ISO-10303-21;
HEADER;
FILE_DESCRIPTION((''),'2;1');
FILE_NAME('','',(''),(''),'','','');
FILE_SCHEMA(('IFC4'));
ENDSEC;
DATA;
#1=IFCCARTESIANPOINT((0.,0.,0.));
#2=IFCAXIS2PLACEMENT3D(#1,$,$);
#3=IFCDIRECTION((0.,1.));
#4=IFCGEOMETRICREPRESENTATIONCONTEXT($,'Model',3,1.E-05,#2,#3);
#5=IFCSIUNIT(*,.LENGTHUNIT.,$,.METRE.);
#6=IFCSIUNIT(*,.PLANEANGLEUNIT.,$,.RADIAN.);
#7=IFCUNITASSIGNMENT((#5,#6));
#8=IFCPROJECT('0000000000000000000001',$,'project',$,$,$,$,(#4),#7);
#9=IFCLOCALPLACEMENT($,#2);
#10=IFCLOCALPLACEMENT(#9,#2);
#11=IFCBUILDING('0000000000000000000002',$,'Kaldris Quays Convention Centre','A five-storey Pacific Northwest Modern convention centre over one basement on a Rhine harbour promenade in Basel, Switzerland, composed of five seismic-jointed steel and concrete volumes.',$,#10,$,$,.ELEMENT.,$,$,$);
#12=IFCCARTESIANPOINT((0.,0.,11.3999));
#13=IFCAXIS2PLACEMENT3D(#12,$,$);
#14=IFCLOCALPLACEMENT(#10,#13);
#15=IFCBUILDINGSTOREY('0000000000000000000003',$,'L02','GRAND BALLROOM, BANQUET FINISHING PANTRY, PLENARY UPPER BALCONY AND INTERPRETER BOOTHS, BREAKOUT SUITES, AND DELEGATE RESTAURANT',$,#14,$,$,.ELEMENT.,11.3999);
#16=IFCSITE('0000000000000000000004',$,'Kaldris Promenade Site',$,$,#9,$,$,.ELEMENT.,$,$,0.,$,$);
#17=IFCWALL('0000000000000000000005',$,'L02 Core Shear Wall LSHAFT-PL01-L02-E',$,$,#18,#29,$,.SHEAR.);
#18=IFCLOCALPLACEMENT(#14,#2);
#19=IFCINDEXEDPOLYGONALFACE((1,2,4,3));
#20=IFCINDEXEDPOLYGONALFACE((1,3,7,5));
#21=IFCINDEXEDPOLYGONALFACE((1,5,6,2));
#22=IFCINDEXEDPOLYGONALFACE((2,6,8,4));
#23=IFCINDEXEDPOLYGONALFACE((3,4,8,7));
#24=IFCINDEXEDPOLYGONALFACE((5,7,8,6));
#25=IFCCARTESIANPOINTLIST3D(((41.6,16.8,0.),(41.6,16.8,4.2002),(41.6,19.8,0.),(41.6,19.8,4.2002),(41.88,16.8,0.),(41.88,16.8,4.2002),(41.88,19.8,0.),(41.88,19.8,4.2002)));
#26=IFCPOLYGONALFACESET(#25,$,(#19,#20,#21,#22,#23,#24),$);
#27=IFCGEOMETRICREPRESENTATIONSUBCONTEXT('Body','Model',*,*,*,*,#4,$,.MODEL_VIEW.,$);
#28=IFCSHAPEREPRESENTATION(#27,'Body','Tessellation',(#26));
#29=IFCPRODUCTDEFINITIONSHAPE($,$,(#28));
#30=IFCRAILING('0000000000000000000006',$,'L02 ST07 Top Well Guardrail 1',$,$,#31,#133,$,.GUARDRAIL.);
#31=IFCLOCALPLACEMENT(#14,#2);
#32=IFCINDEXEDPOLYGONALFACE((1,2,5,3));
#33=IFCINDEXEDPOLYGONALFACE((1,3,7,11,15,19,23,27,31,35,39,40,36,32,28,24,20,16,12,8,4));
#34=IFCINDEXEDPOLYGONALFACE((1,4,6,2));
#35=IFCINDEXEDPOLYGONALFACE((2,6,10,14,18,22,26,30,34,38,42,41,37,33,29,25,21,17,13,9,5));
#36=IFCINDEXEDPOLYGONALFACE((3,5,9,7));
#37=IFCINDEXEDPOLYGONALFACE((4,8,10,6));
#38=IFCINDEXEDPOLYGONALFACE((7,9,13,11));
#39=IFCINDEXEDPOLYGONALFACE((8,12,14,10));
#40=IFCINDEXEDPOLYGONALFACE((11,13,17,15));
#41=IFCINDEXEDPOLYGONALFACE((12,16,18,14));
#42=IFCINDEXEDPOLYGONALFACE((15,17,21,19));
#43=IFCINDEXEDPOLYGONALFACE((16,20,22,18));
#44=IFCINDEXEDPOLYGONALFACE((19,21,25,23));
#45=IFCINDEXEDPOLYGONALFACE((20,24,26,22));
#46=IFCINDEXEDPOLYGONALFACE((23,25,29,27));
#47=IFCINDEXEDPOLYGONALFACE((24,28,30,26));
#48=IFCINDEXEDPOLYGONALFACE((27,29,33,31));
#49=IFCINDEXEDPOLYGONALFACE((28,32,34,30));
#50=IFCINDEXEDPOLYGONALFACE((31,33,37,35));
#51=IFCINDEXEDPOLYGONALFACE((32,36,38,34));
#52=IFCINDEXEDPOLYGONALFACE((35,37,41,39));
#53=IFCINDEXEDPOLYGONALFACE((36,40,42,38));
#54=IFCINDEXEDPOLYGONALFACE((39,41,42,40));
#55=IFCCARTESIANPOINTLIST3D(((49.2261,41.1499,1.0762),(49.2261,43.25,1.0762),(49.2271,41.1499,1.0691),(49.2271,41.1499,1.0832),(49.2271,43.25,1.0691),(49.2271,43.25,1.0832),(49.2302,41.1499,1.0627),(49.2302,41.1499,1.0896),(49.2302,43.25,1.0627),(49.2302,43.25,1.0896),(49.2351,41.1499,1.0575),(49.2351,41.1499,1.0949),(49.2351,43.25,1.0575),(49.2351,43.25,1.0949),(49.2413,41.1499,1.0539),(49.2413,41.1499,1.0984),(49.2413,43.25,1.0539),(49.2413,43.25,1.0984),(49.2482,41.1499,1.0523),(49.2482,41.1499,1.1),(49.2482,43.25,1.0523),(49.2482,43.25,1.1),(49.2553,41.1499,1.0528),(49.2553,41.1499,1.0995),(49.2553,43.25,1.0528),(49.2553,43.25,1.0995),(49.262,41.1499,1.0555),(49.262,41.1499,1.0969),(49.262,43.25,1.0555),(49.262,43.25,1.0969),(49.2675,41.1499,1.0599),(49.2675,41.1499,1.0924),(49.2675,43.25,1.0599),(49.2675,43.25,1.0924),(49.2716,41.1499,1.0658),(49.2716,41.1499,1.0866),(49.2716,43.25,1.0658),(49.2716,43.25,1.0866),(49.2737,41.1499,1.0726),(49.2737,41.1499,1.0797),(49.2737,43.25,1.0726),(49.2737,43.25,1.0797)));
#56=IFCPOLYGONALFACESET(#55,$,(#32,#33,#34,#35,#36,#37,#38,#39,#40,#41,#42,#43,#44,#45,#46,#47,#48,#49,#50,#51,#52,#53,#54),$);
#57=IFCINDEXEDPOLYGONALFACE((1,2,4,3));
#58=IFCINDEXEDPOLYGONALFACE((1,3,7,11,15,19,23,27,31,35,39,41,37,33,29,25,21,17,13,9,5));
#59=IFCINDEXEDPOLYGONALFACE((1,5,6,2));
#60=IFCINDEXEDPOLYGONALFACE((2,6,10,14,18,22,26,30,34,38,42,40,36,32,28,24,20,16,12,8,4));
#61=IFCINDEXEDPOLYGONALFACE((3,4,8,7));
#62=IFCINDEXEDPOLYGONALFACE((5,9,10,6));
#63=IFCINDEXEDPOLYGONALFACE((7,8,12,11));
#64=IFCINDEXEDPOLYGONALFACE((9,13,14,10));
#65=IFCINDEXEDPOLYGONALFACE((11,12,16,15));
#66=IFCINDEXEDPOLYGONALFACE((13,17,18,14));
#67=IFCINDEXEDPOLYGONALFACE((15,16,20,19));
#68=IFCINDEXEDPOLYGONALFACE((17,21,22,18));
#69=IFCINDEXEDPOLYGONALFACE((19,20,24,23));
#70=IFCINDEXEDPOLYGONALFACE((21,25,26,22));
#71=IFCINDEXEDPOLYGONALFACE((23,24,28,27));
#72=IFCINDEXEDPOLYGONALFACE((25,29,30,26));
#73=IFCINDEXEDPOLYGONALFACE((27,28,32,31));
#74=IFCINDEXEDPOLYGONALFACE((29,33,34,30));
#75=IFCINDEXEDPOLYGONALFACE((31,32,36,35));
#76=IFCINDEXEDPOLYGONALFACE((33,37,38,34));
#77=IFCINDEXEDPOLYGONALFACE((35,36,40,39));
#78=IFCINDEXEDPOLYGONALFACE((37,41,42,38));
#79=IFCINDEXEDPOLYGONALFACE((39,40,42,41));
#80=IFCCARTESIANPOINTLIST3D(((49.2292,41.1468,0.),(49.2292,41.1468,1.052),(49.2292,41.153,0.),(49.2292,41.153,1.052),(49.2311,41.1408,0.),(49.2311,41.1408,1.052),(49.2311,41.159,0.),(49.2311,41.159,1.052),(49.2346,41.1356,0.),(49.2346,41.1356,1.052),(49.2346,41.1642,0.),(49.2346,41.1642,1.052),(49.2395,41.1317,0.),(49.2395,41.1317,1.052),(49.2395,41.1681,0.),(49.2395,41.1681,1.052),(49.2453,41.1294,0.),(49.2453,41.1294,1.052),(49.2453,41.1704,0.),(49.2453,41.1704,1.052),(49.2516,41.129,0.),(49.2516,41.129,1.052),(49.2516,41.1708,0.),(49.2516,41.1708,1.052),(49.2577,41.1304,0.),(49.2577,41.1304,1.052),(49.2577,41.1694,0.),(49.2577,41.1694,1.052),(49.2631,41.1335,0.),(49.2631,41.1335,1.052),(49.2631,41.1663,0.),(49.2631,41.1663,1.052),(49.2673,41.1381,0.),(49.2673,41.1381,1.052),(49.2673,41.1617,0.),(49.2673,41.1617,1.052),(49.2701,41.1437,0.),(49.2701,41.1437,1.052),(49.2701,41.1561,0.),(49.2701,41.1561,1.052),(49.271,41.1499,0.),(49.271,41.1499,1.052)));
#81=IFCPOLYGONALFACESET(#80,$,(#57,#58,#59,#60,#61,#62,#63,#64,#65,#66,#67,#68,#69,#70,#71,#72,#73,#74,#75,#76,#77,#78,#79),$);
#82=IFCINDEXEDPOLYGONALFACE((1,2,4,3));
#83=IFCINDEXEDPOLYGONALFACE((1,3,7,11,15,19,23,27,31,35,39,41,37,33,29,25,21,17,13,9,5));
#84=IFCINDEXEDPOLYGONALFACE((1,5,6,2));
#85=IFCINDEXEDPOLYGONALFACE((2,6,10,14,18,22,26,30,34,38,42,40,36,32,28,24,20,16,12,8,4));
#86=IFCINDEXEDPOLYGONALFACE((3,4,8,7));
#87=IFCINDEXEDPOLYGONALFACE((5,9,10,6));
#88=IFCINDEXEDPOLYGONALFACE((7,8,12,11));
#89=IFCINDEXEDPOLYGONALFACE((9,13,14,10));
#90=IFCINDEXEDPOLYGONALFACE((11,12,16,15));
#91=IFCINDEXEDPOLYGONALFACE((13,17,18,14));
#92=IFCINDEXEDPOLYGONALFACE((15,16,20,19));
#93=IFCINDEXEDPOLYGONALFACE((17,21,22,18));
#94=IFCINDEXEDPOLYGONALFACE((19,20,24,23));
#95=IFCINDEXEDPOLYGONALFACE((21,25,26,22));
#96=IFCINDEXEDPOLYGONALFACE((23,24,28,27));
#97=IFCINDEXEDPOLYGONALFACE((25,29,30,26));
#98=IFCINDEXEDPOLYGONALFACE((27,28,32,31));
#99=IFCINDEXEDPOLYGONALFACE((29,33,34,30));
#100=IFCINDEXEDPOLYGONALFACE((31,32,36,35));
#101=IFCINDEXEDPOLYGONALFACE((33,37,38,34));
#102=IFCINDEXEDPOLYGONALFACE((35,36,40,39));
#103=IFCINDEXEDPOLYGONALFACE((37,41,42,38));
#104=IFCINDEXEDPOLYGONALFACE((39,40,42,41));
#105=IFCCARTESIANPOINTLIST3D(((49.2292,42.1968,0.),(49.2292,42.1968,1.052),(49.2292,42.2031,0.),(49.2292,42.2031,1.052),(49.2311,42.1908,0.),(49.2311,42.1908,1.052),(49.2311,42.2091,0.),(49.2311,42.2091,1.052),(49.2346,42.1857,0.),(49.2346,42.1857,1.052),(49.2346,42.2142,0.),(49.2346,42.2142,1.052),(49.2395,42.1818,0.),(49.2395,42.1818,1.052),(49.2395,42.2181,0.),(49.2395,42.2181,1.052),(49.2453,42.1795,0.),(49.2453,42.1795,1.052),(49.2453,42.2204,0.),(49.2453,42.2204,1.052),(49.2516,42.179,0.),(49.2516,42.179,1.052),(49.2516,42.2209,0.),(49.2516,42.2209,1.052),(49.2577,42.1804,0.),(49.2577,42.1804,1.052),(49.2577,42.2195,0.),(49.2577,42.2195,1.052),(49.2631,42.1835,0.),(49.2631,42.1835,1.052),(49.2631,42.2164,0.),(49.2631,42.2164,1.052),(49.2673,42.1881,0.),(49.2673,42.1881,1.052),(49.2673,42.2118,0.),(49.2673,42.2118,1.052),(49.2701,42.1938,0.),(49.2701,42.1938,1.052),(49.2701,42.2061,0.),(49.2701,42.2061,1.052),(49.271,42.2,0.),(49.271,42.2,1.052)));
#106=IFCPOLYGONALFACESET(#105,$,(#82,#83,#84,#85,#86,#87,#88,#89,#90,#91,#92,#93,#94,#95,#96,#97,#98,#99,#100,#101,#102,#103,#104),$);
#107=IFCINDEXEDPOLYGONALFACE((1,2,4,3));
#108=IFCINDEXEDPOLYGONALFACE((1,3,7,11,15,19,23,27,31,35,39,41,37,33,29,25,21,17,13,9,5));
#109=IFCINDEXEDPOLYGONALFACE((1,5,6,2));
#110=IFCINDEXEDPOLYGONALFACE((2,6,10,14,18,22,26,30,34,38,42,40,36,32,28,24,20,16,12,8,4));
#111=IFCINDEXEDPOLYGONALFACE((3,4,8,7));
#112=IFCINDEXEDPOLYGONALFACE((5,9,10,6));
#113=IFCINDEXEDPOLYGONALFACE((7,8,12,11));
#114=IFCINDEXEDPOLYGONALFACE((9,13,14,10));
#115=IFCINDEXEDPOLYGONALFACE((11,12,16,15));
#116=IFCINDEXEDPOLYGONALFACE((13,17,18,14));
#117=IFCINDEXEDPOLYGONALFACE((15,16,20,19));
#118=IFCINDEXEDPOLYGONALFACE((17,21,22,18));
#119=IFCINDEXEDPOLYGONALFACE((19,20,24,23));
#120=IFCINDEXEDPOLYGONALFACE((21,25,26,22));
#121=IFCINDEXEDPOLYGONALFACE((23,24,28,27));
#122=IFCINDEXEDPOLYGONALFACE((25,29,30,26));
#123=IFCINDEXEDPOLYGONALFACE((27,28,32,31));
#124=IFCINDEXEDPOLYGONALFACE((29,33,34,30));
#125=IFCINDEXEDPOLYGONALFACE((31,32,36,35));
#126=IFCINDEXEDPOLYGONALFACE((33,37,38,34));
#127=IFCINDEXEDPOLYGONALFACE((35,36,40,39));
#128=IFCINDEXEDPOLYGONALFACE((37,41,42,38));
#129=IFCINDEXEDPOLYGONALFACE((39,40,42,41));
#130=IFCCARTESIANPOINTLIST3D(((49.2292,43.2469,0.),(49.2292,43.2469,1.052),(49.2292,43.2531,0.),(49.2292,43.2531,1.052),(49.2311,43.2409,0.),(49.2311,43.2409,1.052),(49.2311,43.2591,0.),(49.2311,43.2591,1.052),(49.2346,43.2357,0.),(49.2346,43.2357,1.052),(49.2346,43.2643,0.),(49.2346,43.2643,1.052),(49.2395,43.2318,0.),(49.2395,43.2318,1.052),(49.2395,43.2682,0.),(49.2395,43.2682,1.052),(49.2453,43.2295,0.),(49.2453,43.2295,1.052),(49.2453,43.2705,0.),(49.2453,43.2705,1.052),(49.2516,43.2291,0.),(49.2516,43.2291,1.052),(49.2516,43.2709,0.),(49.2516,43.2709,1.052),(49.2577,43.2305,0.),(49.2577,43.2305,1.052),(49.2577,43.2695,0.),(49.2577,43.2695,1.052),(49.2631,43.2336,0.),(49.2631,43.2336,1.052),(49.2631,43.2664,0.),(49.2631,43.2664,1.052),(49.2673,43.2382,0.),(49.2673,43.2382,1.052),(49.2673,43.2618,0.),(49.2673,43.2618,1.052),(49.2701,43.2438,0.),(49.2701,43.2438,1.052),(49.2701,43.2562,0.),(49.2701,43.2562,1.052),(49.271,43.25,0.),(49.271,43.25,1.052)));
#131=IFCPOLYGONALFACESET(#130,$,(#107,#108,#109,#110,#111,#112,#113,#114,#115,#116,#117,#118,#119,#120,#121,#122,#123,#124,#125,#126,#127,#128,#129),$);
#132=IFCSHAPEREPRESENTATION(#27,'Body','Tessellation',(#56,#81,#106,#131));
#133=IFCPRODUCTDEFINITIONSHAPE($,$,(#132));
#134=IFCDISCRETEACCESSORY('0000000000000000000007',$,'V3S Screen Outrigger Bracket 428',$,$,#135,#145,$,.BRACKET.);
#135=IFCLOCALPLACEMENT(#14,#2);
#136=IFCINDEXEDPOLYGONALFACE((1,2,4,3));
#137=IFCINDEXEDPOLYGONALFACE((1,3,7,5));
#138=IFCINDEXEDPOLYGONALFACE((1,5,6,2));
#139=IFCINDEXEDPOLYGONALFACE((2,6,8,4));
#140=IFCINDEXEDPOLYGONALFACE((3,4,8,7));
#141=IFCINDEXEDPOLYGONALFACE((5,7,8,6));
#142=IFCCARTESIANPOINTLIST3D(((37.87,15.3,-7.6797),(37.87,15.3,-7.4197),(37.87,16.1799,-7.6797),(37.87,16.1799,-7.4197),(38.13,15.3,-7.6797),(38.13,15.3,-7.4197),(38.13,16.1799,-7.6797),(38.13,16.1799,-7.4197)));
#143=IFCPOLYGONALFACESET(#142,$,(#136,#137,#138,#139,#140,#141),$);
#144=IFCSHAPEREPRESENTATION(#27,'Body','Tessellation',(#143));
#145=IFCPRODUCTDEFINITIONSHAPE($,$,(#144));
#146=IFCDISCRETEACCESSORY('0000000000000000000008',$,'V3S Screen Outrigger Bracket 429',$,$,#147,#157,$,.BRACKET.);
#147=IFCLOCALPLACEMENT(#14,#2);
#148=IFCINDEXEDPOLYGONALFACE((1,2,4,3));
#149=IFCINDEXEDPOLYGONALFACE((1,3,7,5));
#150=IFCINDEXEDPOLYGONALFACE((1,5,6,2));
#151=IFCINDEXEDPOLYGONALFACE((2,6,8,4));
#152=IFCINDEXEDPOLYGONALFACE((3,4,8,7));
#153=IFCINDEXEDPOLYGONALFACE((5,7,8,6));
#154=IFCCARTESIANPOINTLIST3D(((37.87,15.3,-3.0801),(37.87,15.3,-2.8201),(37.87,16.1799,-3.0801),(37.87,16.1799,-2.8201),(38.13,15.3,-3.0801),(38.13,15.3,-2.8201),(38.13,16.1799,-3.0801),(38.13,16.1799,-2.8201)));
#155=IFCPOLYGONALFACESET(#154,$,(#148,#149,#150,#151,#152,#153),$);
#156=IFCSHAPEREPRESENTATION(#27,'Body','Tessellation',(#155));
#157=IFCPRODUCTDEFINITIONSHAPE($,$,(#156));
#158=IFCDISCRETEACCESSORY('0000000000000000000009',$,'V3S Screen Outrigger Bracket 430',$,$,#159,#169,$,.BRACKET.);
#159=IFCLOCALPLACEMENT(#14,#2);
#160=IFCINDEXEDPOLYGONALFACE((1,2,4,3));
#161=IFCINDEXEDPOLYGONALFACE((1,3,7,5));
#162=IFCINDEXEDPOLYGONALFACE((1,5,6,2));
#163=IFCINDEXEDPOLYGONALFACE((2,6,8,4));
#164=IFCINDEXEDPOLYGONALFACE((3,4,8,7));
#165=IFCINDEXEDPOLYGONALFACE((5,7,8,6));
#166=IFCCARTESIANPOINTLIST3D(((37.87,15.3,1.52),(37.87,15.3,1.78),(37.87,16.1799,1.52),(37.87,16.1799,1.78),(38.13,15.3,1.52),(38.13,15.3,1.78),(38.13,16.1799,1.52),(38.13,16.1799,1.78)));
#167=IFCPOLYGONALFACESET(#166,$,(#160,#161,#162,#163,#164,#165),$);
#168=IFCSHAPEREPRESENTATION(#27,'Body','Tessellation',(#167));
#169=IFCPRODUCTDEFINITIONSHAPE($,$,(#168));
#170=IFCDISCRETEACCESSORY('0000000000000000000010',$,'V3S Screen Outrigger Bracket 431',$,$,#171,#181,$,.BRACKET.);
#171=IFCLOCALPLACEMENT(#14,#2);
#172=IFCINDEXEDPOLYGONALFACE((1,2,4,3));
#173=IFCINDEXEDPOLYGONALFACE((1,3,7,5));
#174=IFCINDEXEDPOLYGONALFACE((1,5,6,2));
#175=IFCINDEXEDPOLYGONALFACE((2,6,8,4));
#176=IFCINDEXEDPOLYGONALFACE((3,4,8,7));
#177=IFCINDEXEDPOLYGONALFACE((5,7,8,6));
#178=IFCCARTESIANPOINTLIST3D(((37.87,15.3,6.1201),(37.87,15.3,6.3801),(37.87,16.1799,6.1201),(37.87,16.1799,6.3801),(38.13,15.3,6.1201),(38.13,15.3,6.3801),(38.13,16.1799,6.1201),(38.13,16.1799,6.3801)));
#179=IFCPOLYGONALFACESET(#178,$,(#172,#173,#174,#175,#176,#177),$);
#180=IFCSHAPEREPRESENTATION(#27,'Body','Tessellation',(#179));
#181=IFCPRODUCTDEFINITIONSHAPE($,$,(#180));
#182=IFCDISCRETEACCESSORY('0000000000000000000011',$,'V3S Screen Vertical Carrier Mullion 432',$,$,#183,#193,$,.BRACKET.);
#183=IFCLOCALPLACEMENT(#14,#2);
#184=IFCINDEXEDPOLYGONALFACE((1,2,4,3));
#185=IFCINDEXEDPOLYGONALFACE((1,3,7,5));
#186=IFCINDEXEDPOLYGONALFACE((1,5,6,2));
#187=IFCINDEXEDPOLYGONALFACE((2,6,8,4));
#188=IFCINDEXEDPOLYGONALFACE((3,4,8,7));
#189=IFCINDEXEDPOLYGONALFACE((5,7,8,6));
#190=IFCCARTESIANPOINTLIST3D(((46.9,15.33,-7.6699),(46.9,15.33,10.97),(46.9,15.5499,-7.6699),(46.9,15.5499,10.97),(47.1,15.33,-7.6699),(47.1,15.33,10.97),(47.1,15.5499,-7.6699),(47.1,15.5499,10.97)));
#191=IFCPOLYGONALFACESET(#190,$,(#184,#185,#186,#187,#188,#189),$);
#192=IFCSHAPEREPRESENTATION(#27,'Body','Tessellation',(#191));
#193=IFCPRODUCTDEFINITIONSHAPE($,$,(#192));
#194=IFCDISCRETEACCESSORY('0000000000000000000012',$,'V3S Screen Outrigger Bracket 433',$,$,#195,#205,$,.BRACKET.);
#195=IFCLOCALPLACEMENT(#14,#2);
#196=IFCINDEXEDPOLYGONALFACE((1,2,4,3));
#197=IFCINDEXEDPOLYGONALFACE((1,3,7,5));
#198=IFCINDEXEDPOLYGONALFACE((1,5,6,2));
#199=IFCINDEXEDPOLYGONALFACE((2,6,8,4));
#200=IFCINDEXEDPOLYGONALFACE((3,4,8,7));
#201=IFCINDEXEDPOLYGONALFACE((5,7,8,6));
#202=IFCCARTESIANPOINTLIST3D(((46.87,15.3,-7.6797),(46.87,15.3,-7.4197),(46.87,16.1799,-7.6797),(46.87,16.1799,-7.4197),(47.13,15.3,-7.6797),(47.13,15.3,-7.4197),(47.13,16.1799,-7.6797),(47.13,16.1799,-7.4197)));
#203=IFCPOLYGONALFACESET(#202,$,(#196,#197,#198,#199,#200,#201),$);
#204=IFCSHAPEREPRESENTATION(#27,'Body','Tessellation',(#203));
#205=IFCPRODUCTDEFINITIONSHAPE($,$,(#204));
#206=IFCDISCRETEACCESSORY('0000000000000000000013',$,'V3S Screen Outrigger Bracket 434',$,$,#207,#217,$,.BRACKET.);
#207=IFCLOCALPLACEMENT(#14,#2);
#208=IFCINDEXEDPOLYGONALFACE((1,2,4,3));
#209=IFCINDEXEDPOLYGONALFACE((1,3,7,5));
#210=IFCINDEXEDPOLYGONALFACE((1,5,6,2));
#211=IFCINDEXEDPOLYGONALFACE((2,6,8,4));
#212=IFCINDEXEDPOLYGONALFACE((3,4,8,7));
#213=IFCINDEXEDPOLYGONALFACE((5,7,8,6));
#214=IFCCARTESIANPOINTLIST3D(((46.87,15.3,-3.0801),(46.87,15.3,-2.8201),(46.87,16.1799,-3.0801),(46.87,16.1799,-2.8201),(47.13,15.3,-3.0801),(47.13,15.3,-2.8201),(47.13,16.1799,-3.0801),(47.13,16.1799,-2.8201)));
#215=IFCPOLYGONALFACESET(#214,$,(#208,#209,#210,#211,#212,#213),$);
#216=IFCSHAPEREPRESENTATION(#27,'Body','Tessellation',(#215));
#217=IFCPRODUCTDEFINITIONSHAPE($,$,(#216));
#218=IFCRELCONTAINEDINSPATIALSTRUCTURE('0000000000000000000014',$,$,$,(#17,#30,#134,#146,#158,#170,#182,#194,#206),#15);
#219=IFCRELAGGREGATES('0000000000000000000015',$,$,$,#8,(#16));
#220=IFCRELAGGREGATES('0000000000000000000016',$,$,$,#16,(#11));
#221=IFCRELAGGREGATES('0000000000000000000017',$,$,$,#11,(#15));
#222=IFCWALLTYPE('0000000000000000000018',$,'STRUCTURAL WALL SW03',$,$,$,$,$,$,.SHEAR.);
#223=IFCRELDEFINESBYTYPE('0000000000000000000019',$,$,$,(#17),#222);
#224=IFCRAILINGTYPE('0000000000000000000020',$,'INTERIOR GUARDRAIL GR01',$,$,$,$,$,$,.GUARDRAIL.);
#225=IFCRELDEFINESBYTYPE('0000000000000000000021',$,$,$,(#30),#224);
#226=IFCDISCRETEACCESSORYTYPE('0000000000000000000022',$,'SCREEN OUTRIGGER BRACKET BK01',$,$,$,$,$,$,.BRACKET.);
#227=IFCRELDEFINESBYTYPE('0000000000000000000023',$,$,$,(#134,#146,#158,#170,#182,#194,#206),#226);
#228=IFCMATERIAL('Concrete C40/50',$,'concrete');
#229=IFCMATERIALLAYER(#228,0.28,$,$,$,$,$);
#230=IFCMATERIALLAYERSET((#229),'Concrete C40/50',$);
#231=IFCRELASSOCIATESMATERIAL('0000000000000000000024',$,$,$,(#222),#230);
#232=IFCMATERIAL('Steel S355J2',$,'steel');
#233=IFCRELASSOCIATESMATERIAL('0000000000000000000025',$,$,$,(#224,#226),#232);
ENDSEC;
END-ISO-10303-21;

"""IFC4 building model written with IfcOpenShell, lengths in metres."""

from ifc_helpers import new_model, si_unit, direction, frame, frame_2d, origin, origin_2d, place, context, subcontext, project, spatial, rectangle, circle, extrude, material, layer, layer_set, type_object, element, save


model = new_model("IFC4")

# Units and contexts
model_context = context("Model", 3, precision=1e-05, world=origin(), true_north=direction((0.0, 1.0)))
body_context = subcontext(model_context, "Body", "Model", "MODEL_VIEW")
ifc_project = project(units=[si_unit("LENGTHUNIT", "METRE"), si_unit("PLANEANGLEUNIT", "RADIAN")], contexts=[model_context])

# Site, building, storey
site_placement = place(None, origin())
site = spatial("IfcSite", under=ifc_project, at=site_placement, Name="Kaldris Promenade Site", CompositionType="ELEMENT", RefElevation=0.0)
building_placement = place(site_placement, origin())
building = spatial("IfcBuilding", under=site, at=building_placement, Name="Kaldris Quays Convention Centre", Description="A five-storey Pacific Northwest Modern convention centre over one basement on a Rhine harbour promenade in Basel, Switzerland, composed of five seismic-jointed steel and concrete volumes.", CompositionType="ELEMENT")
storey_placement = place(building_placement, frame((0.0, 0.0, 11.3999)))
storey = spatial("IfcBuildingStorey", under=building, at=storey_placement, Name="L02", Description="GRAND BALLROOM, BANQUET FINISHING PANTRY, PLENARY UPPER BALCONY AND INTERPRETER BOOTHS, BREAKOUT SUITES, AND DELEGATE RESTAURANT", CompositionType="ELEMENT", Elevation=11.3999)

# Shared definitions
ifc_material_1 = material(Name="Steel S355J2", Category="steel")

# Shared definitions
ifc_material_2 = material(Name="Concrete C40/50", Category="concrete")

# Shared definitions
ifc_layer_1 = layer(ifc_material_2, 0.28)
ifc_layer_set_1 = layer_set([ifc_layer_1], Name="Concrete C40/50")
wall_type_1 = type_object("IfcWallType", Name="STRUCTURAL WALL SW03", PredefinedType="SHEAR", material=ifc_layer_set_1)

# Wall
for number, where, z_axis, x_axis, name in (
    (1, (41.74, 16.8, 0.0), (0.0, 0.0, 1.0), (0.0, 1.0, 0.0), "L02 Core Shear Wall LSHAFT-PL01-L02-E"),
):
    element("IfcWall", number, at=place(storey_placement, frame(where, z_axis=z_axis, x_axis=x_axis)), inside=storey, type_object=wall_type_1, Name=name, PredefinedType="SHEAR", context=body_context, shape_type="SweptSolid", body=[
        extrude(rectangle(XDim=3.0, YDim=0.28, at=frame_2d((1.5, 0.0))), origin(), (0.0, 0.0, 1.0), 4.2002),
    ])

# Railing
railing_type = type_object("IfcRailingType", Name="INTERIOR GUARDRAIL GR01", PredefinedType="GUARDRAIL", material=ifc_material_1)
railing_placement = place(storey_placement, frame((49.25, 41.1499, 0.0)))
element("IfcRailing", 2, at=railing_placement, inside=storey, type_object=railing_type, Name="L02 ST07 Top Well Guardrail 1", PredefinedType="GUARDRAIL", context=body_context, shape_type="SweptSolid", body=[
    extrude(circle(Radius=0.0239, at=origin_2d()), frame((0.0, 0.0, 1.0762), z_axis=(0.0, 1.0, 0.0), x_axis=(-1.0, 0.0, 0.0)), (0.0, 0.0, 1.0), 2.1001),
    extrude(circle(Radius=0.021, at=origin_2d()), origin(), (0.0, 0.0, 1.0), 1.052),
    extrude(circle(Radius=0.021, at=origin_2d()), frame((0.0, 1.05, 0.0)), (0.0, 0.0, 1.0), 1.052),
    extrude(circle(Radius=0.021, at=origin_2d()), frame((0.0, 2.1001, 0.0)), (0.0, 0.0, 1.0), 1.052),
])

# Discrete accessories
discrete_accessory_type = type_object("IfcDiscreteAccessoryType", Name="SCREEN OUTRIGGER BRACKET BK01", PredefinedType="BRACKET", material=ifc_material_1)
for number, where, z_axis, x_axis, name in (
    (3, (38.0, 15.74, -7.6797), (0.0, 0.0, 1.0), (1.0, 0.0, 0.0), "V3S Screen Outrigger Bracket 428"),
    (4, (38.0, 15.74, -3.0801), (0.0, 0.0, 1.0), (1.0, 0.0, 0.0), "V3S Screen Outrigger Bracket 429"),
    (5, (38.0, 15.74, 1.52), (0.0, 0.0, 1.0), (1.0, 0.0, 0.0), "V3S Screen Outrigger Bracket 430"),
    (6, (38.0, 15.74, 6.1201), (0.0, 0.0, 1.0), (1.0, 0.0, 0.0), "V3S Screen Outrigger Bracket 431"),
):
    element("IfcDiscreteAccessory", number, at=place(storey_placement, frame(where, z_axis=z_axis, x_axis=x_axis)), inside=storey, type_object=discrete_accessory_type, Name=name, PredefinedType="BRACKET", context=body_context, shape_type="SweptSolid", body=[
        extrude(rectangle(XDim=0.26, YDim=0.8799, at=origin_2d()), origin(), (0.0, 0.0, 1.0), 0.26),
    ])
discrete_accessory_1_placement = place(storey_placement, frame((47.0, 15.4399, -7.6699), z_axis=(0.0, 0.0, 1.0), x_axis=(1.0, 0.0, 0.0)))
element("IfcDiscreteAccessory", 7, at=discrete_accessory_1_placement, inside=storey, type_object=discrete_accessory_type, Name="V3S Screen Vertical Carrier Mullion 432", PredefinedType="BRACKET", context=body_context, shape_type="SweptSolid", body=[
    extrude(rectangle(XDim=0.2, YDim=0.22, at=origin_2d()), origin(), (0.0, 0.0, 1.0), 18.6399),
])
for number, where, z_axis, x_axis, name in (
    (8, (47.0, 15.74, -7.6797), (0.0, 0.0, 1.0), (1.0, 0.0, 0.0), "V3S Screen Outrigger Bracket 433"),
    (9, (47.0, 15.74, -3.0801), (0.0, 0.0, 1.0), (1.0, 0.0, 0.0), "V3S Screen Outrigger Bracket 434"),
):
    element("IfcDiscreteAccessory", number, at=place(storey_placement, frame(where, z_axis=z_axis, x_axis=x_axis)), inside=storey, type_object=discrete_accessory_type, Name=name, PredefinedType="BRACKET", context=body_context, shape_type="SweptSolid", body=[
        extrude(rectangle(XDim=0.26, YDim=0.8799, at=origin_2d()), origin(), (0.0, 0.0, 1.0), 0.26),
    ])

save(model, "model.ifc")
